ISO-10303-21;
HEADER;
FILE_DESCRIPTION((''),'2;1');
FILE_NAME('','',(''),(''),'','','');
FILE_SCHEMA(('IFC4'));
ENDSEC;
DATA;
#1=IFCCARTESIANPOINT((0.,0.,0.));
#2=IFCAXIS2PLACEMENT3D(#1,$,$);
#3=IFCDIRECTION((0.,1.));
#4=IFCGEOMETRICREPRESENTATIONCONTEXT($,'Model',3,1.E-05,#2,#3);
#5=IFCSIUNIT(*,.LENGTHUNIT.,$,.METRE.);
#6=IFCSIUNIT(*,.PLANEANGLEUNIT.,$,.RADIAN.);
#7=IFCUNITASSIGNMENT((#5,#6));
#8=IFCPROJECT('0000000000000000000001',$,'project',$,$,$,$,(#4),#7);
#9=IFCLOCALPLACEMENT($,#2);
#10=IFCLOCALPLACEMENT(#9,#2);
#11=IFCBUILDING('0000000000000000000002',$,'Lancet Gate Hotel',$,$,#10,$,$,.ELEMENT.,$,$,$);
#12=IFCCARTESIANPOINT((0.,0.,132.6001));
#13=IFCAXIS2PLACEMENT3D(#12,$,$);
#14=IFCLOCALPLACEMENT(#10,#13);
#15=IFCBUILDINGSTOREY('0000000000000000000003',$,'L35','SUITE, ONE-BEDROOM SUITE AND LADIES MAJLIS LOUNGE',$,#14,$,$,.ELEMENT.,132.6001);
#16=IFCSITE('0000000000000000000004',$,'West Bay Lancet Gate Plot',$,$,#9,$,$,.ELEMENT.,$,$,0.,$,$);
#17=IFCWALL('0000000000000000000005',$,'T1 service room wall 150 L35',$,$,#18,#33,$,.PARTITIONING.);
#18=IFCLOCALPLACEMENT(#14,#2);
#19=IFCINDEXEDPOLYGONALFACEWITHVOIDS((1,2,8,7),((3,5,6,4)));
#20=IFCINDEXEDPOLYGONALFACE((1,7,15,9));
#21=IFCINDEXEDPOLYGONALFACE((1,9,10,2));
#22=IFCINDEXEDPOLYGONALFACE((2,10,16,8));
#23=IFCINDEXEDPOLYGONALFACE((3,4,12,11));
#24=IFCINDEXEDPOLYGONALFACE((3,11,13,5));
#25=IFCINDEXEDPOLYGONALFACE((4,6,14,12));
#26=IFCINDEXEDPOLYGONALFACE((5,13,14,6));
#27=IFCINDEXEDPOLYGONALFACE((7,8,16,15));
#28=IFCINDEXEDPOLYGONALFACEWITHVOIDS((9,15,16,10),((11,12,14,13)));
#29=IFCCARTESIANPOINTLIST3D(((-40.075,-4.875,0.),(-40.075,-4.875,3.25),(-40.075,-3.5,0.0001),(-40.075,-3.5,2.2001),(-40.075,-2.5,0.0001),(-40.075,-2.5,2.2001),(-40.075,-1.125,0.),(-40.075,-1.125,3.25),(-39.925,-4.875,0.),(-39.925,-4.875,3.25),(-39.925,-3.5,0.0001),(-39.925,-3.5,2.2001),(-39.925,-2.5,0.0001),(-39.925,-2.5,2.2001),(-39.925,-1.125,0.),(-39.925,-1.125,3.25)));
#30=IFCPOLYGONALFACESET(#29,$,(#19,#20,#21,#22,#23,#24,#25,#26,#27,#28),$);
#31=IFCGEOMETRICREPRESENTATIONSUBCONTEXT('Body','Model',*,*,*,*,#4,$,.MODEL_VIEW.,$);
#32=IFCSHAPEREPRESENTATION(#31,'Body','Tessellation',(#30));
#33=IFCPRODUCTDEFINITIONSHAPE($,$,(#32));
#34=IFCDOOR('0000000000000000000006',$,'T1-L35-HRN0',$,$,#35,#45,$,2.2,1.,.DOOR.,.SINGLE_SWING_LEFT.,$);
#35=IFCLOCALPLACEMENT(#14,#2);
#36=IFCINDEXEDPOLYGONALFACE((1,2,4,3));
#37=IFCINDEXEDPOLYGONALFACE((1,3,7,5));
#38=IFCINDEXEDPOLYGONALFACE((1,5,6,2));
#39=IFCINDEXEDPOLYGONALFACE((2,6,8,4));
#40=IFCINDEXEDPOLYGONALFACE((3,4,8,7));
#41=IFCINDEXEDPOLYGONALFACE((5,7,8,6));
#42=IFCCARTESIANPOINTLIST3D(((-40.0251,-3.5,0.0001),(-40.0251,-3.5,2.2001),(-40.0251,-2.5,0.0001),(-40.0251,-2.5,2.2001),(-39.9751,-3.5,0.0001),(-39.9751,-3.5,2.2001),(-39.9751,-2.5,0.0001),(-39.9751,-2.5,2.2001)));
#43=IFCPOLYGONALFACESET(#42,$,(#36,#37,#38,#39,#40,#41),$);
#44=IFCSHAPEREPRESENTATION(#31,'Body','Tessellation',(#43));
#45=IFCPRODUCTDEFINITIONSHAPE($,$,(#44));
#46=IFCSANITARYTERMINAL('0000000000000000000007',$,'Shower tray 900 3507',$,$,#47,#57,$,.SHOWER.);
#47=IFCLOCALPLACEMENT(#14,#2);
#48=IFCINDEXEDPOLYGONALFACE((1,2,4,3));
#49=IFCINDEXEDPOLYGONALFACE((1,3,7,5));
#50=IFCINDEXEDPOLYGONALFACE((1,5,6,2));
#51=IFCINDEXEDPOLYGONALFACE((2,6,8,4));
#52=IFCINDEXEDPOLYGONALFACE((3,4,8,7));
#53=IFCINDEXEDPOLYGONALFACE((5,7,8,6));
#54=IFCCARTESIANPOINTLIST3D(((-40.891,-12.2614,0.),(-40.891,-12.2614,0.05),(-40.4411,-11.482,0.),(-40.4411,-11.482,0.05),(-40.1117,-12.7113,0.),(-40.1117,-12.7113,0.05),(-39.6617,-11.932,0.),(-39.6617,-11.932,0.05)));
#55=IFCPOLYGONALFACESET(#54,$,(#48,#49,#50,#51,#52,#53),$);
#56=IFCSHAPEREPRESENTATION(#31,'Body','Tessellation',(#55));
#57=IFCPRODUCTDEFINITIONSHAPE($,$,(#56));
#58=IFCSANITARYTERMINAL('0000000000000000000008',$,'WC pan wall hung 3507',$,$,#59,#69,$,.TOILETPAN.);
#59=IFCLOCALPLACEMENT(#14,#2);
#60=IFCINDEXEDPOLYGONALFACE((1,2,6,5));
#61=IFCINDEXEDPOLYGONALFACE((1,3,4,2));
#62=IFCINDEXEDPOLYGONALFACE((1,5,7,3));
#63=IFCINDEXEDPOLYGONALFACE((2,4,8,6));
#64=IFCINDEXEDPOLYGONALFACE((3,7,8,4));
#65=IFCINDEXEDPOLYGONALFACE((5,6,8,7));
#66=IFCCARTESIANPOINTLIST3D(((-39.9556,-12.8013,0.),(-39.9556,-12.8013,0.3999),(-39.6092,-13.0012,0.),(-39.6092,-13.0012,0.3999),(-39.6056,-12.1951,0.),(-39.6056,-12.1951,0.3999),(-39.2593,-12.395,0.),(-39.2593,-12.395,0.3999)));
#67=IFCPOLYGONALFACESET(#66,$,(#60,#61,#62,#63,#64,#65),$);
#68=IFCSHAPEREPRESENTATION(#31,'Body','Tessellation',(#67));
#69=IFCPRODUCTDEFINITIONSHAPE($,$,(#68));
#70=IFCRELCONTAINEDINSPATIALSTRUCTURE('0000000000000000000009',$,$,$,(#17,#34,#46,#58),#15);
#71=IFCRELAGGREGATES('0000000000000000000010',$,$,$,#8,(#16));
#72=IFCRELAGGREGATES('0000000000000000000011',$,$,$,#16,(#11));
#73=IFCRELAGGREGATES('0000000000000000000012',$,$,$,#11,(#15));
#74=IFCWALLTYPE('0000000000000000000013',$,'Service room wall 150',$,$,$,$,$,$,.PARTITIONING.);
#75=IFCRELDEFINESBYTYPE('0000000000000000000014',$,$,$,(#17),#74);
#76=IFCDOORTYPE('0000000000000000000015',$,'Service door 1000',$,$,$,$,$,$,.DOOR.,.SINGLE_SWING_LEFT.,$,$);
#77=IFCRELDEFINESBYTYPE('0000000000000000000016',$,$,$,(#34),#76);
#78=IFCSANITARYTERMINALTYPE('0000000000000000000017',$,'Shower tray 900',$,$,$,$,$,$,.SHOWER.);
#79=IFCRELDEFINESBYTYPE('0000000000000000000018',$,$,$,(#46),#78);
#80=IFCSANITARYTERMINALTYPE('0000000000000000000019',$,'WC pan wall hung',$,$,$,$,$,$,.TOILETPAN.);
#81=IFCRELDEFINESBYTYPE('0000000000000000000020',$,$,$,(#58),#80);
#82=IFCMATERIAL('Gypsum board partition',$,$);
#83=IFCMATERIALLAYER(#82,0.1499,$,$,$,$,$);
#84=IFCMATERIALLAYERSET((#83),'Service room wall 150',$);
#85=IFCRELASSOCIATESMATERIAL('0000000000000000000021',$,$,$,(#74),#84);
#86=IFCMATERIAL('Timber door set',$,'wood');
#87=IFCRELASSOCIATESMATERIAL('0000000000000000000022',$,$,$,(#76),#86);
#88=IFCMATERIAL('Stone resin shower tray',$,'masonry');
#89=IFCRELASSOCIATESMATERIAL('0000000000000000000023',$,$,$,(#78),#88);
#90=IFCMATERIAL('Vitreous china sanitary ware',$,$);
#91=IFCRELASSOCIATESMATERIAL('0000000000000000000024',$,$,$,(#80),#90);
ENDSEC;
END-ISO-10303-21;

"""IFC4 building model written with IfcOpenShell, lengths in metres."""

from ifc_helpers import new_model, si_unit, direction, frame, frame_2d, origin, origin_2d, place, context, subcontext, project, spatial, rectangle, extrude, material, layer, layer_set, type_object, element, fill, save


model = new_model("IFC4")

# Units and contexts
model_context = context("Model", 3, precision=1e-05, world=origin(), true_north=direction((0.0, 1.0)))
body_context = subcontext(model_context, "Body", "Model", "MODEL_VIEW")
ifc_project = project(units=[si_unit("LENGTHUNIT", "METRE"), si_unit("PLANEANGLEUNIT", "RADIAN")], contexts=[model_context])

# Site, building, storey
site_placement = place(None, origin())
site = spatial("IfcSite", under=ifc_project, at=site_placement, Name="West Bay Lancet Gate Plot", CompositionType="ELEMENT", RefElevation=0.0)
building_placement = place(site_placement, origin())
building = spatial("IfcBuilding", under=site, at=building_placement, Name="Lancet Gate Hotel", CompositionType="ELEMENT")
storey_placement = place(building_placement, frame((0.0, 0.0, 132.6001)))
storey = spatial("IfcBuildingStorey", under=building, at=storey_placement, Name="L35", Description="SUITE, ONE-BEDROOM SUITE AND LADIES MAJLIS LOUNGE", CompositionType="ELEMENT", Elevation=132.6001)

# Wall, opening, door
ifc_material_1 = material(Name="Gypsum board partition")
ifc_layer_1 = layer(ifc_material_1, 0.1499)
ifc_layer_set_1 = layer_set([ifc_layer_1], Name="Service room wall 150")
wall_type_1 = type_object("IfcWallType", Name="Service room wall 150", PredefinedType="PARTITIONING", material=ifc_layer_set_1)
wall_1_placement = place(storey_placement, frame((-40.0, -1.125, 0.0), z_axis=(0.0, 0.0, 1.0), x_axis=(0.0, -1.0, 0.0)))
wall_1 = element("IfcWall", 1, at=wall_1_placement, inside=storey, type_object=wall_type_1, Name="T1 service room wall 150 L35", PredefinedType="PARTITIONING", context=body_context, shape_type="SweptSolid", body=[
    extrude(rectangle(XDim=3.75, YDim=0.1499, at=frame_2d((1.875, 0.0))), origin(), (0.0, 0.0, 1.0), 3.25),
])
opening_1_placement = place(wall_1_placement, frame((1.375, 0.0, 0.0)))
opening_1 = element("IfcOpeningElement", 2, at=opening_1_placement, cuts=wall_1, PredefinedType="OPENING", context=body_context, shape_type="SweptSolid", body=[
    extrude(rectangle(XDim=1.0, YDim=2.2, at=frame_2d((0.5, 1.1001))), frame((0.0, 0.085, 0.0), z_axis=(0.0, -1.0, 0.0), x_axis=(1.0, 0.0, 0.0)), (0.0, 0.0, 1.0), 0.1699),
])
ifc_material_2 = material(Name="Timber door set", Category="wood")
door_type_1 = type_object("IfcDoorType", Name="Service door 1000", OperationType="SINGLE_SWING_LEFT", PredefinedType="DOOR", material=ifc_material_2)
door_1_placement = place(opening_1_placement, origin())
door_1 = element("IfcDoor", 3, at=door_1_placement, inside=storey, type_object=door_type_1, Name="T1-L35-HRN0", OperationType="SINGLE_SWING_LEFT", OverallHeight=2.2, OverallWidth=1.0, PredefinedType="DOOR", context=body_context, shape_type="SweptSolid", body=[
    extrude(rectangle(XDim=1.0, YDim=2.2, at=frame_2d((0.5, 1.1001))), frame((0.0, 0.0249, 0.0), z_axis=(0.0, -1.0, 0.0), x_axis=(1.0, 0.0, 0.0)), (0.0, 0.0, 1.0), 0.05),
])
fill(opening_1, door_1)

# Sanitary terminals
ifc_material_3 = material(Name="Stone resin shower tray", Category="masonry")
sanitary_terminal_type_1 = type_object("IfcSanitaryTerminalType", Name="Shower tray 900", PredefinedType="SHOWER", material=ifc_material_3)
sanitary_terminal_1_placement = place(storey_placement, frame((-40.2764, -12.0967, 0.0), z_axis=(0.0, 0.0, 1.0), x_axis=(-0.866025, 0.5, 0.0)))
element("IfcSanitaryTerminal", 4, at=sanitary_terminal_1_placement, inside=storey, type_object=sanitary_terminal_type_1, Name="Shower tray 900 3507", PredefinedType="SHOWER", context=body_context, shape_type="SweptSolid", body=[
    extrude(rectangle(XDim=0.8999, YDim=0.8999, at=origin_2d()), origin(), (0.0, 0.0, 1.0), 0.05),
])
ifc_material_4 = material(Name="Vitreous china sanitary ware")
sanitary_terminal_type_2 = type_object("IfcSanitaryTerminalType", Name="WC pan wall hung", PredefinedType="TOILETPAN", material=ifc_material_4)
sanitary_terminal_2_placement = place(storey_placement, frame((-39.6074, -12.5981, 0.0), z_axis=(0.0, 0.0, 1.0), x_axis=(-0.866025, 0.5, 0.0)))
element("IfcSanitaryTerminal", 5, at=sanitary_terminal_2_placement, inside=storey, type_object=sanitary_terminal_type_2, Name="WC pan wall hung 3507", PredefinedType="TOILETPAN", context=body_context, shape_type="SweptSolid", body=[
    extrude(rectangle(XDim=0.3999, YDim=0.7, at=origin_2d()), origin(), (0.0, 0.0, 1.0), 0.3999),
])

save(model, "model.ifc")
